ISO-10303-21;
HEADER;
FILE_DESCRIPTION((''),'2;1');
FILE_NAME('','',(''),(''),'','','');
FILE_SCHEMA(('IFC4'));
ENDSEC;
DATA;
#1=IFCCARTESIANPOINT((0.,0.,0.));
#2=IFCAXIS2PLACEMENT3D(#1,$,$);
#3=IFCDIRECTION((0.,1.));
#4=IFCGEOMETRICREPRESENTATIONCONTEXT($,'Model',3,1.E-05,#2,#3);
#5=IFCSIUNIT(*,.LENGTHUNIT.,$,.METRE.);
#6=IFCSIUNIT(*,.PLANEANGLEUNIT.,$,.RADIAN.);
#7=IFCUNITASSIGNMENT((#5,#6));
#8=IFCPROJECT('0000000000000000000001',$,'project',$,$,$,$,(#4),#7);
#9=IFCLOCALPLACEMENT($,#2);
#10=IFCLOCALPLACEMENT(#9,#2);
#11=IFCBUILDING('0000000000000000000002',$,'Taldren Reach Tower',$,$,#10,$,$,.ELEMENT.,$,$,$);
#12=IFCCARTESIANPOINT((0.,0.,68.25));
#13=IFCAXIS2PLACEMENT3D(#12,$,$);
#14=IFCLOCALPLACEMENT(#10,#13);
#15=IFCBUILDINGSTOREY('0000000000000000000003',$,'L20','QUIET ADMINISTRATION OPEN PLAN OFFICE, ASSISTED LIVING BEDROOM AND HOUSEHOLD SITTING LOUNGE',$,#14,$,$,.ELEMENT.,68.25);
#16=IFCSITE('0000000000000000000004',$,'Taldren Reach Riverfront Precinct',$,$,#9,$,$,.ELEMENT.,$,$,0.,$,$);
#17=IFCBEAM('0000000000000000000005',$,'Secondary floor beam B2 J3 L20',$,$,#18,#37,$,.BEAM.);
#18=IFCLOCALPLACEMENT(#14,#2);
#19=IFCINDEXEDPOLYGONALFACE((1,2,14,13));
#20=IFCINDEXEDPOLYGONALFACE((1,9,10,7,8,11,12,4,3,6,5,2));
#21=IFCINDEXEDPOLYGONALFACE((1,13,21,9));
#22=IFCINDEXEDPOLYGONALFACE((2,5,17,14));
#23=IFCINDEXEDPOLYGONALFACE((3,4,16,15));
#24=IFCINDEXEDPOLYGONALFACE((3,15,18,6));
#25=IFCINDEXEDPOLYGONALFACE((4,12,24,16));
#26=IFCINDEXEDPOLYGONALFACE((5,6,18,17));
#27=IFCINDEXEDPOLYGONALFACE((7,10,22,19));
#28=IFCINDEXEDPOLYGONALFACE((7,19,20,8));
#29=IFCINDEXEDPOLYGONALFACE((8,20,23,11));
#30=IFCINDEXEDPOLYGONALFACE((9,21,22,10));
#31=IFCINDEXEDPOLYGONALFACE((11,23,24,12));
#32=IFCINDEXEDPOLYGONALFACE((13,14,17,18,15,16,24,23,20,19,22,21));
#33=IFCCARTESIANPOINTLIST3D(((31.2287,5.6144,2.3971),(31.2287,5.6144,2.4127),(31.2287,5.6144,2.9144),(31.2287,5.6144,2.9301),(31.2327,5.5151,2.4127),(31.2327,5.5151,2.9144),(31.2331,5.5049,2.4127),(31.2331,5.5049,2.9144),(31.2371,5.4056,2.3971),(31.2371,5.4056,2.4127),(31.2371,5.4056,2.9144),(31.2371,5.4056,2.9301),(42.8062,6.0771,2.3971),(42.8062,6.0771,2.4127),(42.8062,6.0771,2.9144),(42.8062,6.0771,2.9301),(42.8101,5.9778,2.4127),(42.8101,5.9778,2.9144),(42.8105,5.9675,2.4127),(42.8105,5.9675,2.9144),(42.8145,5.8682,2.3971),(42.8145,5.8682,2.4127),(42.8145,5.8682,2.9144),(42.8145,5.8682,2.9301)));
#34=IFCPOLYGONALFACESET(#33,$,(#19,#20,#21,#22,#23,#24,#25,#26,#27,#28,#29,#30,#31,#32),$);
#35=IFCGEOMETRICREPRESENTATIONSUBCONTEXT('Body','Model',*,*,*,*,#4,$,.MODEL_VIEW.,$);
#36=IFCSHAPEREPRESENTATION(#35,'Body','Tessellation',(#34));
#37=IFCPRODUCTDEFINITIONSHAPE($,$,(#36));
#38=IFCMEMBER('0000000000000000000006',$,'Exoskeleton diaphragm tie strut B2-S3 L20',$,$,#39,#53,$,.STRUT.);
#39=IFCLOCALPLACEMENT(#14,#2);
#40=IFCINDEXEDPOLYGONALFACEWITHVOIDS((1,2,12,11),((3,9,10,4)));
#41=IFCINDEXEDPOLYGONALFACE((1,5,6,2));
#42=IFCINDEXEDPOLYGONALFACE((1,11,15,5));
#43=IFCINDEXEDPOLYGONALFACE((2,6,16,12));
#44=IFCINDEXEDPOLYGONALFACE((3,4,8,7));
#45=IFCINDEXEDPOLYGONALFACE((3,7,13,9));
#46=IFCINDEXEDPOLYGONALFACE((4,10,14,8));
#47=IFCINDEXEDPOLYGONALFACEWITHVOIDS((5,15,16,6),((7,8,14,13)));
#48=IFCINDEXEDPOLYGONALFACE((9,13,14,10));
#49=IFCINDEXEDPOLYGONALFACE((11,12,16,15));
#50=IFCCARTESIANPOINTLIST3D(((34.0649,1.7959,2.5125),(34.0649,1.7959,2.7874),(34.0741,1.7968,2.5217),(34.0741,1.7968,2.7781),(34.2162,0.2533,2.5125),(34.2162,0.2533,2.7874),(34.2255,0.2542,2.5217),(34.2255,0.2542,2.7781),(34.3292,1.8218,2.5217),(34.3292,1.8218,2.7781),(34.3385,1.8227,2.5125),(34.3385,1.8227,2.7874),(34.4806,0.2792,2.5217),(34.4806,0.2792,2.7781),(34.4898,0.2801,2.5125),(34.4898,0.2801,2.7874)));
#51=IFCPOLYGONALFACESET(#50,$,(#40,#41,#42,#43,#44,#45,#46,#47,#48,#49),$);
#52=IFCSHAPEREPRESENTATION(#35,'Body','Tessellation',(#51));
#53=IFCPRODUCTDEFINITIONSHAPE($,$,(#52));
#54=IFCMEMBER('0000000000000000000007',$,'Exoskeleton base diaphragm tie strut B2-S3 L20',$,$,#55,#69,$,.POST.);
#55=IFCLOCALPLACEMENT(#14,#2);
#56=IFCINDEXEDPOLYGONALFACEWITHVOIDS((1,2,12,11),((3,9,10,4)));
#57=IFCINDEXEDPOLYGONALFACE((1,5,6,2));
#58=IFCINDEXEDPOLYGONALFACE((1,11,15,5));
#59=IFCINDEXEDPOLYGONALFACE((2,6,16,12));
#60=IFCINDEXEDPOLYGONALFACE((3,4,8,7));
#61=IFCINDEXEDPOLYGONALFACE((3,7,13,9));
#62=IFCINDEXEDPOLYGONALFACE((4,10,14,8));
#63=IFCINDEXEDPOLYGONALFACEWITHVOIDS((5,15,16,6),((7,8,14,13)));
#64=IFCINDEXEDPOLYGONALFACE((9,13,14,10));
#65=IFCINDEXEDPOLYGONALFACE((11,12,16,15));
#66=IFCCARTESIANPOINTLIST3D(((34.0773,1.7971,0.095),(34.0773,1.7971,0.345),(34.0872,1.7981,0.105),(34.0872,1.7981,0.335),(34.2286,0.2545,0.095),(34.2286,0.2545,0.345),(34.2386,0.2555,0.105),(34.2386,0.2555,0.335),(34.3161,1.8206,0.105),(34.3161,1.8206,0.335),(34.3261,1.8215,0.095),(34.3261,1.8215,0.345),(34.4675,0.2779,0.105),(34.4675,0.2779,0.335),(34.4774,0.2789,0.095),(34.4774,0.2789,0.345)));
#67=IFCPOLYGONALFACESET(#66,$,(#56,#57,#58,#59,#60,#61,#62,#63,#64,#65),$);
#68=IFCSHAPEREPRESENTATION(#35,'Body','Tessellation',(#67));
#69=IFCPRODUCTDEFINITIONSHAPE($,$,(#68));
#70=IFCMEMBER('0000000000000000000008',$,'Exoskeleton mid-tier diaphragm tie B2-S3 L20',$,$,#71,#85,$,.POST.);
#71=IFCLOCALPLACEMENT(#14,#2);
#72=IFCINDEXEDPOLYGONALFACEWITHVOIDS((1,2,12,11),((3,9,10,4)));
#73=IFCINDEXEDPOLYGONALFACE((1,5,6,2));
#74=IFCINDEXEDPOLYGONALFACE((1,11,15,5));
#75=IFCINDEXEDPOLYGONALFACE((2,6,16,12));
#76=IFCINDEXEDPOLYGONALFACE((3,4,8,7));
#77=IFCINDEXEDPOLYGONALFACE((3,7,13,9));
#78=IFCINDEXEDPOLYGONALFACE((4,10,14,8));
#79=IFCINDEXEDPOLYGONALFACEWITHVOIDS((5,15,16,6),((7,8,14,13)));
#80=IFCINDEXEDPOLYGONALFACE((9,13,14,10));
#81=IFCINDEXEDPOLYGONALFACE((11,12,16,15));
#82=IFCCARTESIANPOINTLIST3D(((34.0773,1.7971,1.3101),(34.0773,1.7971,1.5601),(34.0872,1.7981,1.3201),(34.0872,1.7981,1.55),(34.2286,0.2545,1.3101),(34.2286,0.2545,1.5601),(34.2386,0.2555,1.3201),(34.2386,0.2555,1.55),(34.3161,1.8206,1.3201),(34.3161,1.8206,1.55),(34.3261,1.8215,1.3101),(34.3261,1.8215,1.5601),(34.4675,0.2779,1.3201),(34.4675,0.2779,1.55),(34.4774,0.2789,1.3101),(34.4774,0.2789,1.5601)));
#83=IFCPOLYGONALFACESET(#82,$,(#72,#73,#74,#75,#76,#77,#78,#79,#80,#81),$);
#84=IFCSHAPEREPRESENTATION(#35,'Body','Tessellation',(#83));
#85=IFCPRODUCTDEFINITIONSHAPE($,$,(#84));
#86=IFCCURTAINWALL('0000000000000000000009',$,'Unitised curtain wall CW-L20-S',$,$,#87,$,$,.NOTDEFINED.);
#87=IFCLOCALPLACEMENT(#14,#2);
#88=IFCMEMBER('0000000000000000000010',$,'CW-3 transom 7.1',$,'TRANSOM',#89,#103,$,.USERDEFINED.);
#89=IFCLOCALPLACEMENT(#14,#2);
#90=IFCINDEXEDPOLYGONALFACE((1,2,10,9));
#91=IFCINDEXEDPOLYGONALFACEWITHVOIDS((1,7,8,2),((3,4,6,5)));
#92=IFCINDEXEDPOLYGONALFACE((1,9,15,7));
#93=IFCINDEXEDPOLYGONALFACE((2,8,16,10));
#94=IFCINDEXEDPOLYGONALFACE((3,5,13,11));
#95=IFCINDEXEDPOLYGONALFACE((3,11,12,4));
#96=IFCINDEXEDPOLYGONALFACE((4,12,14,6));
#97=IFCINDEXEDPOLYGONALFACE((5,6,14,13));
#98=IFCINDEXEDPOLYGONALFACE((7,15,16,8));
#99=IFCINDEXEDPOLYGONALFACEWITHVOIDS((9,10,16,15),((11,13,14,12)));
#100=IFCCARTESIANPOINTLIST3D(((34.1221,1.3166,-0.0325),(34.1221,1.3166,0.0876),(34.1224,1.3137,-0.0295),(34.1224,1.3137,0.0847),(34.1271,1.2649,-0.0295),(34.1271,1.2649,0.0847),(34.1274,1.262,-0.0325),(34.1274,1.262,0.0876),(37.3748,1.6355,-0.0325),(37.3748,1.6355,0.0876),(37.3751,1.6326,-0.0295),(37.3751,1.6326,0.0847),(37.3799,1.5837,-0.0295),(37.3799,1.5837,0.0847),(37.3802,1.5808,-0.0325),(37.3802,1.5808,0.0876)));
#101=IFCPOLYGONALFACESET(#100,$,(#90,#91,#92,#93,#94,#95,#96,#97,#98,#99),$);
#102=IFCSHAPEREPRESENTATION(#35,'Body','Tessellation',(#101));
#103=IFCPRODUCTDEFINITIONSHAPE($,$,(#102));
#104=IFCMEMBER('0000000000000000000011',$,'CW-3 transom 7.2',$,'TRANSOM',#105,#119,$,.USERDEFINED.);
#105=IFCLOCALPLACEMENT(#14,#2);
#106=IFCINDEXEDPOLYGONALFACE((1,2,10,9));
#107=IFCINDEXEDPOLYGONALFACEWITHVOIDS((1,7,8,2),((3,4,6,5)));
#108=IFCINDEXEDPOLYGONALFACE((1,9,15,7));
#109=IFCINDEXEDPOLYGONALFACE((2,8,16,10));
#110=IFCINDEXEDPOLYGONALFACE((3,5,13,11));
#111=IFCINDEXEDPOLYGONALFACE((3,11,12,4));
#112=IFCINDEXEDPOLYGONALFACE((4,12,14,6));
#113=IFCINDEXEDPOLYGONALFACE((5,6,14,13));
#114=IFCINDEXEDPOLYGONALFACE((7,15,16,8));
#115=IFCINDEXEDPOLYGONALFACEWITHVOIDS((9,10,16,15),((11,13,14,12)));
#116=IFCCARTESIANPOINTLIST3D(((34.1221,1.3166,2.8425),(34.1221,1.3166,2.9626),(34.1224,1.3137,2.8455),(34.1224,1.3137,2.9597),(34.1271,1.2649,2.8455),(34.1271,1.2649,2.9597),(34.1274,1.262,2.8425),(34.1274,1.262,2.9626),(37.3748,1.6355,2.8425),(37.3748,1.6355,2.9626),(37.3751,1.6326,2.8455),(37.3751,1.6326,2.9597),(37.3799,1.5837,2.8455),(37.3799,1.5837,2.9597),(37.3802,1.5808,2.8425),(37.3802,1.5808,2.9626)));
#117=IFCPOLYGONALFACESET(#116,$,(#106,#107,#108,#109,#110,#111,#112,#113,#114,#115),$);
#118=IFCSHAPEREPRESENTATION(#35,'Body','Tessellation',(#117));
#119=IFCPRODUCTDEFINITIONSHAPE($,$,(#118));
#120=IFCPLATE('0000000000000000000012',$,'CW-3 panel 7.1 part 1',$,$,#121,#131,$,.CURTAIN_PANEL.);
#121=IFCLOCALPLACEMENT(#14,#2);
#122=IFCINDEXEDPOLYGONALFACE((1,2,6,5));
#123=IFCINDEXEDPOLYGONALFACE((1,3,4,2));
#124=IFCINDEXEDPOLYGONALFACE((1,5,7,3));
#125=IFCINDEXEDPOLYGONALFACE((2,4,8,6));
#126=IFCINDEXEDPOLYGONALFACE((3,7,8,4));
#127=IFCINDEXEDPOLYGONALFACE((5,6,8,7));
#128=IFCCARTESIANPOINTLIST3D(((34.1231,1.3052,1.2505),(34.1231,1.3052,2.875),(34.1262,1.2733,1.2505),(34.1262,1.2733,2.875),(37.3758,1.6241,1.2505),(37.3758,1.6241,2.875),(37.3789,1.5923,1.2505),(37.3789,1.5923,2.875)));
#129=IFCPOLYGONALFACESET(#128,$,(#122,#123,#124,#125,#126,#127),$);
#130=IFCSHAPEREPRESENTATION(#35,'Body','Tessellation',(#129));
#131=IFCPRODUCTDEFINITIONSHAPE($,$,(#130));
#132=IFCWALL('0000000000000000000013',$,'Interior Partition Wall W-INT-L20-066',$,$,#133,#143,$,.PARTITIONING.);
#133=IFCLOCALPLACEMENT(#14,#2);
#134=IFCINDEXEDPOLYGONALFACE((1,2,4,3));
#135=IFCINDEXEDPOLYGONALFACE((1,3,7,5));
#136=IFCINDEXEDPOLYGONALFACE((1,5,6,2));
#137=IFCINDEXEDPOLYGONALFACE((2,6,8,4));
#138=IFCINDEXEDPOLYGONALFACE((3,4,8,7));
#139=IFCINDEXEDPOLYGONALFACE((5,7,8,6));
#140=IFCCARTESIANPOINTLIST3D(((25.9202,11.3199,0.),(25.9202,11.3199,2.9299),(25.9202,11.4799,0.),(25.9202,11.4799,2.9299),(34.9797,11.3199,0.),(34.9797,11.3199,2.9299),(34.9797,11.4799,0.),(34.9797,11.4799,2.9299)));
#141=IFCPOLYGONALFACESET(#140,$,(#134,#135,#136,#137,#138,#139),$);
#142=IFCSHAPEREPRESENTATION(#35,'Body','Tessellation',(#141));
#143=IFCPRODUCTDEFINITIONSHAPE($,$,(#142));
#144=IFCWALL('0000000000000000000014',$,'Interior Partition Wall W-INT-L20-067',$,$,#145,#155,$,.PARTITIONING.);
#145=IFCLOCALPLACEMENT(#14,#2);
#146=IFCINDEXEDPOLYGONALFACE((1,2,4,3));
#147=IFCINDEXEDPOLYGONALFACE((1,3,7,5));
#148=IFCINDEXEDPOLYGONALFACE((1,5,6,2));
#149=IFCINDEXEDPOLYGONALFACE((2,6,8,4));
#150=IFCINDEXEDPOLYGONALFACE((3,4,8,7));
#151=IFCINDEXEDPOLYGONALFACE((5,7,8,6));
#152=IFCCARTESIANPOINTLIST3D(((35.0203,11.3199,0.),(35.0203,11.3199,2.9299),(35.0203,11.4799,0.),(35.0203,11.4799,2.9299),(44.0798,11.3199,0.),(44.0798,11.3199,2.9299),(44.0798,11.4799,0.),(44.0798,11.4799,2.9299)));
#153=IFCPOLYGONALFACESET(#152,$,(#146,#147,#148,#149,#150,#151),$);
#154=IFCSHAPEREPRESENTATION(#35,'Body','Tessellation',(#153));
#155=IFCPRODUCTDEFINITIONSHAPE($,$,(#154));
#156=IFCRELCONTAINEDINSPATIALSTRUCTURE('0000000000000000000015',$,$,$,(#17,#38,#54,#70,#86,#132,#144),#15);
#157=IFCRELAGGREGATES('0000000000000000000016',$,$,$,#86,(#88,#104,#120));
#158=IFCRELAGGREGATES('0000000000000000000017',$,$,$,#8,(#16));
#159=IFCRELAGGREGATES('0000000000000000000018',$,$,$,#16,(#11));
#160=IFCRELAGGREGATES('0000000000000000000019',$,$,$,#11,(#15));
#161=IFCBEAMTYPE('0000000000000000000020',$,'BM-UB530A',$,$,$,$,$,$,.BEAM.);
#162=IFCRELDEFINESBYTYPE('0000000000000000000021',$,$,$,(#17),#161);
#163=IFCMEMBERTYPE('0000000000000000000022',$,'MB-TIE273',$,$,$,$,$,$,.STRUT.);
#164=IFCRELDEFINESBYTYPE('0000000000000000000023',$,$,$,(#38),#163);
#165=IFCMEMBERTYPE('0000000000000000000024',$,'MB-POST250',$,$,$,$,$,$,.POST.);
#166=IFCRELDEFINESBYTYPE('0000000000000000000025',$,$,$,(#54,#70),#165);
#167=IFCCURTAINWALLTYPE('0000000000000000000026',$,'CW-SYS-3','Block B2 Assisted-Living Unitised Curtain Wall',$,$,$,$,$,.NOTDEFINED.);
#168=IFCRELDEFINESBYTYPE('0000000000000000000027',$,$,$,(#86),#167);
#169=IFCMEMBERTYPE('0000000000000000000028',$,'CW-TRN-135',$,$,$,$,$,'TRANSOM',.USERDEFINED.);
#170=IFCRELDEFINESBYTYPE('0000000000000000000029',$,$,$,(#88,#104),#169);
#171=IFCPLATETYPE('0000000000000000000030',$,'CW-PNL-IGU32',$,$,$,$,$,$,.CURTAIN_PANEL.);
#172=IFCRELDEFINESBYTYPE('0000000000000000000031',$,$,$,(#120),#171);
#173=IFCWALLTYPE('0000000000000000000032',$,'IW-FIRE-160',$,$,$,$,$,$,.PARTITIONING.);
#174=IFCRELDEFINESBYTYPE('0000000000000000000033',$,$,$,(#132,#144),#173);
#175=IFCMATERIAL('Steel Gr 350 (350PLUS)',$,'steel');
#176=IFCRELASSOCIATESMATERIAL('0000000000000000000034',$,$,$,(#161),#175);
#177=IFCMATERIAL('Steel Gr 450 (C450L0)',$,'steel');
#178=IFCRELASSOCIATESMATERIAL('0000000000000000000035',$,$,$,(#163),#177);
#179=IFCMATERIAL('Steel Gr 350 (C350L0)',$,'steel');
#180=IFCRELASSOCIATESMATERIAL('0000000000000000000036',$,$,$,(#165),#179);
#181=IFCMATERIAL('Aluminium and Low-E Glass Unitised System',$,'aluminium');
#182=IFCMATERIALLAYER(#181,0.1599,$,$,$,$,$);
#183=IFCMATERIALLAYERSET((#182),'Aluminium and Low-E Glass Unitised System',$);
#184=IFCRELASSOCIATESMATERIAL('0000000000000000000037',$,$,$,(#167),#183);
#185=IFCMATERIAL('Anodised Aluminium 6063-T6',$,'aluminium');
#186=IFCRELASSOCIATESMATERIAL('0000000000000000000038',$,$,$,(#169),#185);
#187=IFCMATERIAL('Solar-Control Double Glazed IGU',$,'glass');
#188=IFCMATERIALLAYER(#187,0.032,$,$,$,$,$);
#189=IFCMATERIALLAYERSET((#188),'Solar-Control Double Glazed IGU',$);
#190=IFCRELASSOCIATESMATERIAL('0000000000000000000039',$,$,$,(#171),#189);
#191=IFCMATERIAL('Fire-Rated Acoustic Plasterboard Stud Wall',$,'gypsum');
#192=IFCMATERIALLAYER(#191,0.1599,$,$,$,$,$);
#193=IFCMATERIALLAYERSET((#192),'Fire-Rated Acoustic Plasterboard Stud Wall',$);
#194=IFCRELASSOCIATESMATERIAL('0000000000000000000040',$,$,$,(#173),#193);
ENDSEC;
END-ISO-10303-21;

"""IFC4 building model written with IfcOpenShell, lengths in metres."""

from ifc_helpers import new_model, si_unit, direction, frame, frame_2d, origin, origin_2d, place, context, subcontext, project, spatial, rectangle, hollow_rectangle, i_section, extrude, source, transform, mapped, material, layer, layer_set, material_profile, profile_set, type_object, element, aggregate, save


model = new_model("IFC4")

# Units and contexts
model_context = context("Model", 3, precision=1e-05, world=origin(), true_north=direction((0.0, 1.0)))
body_context = subcontext(model_context, "Body", "Model", "MODEL_VIEW")
ifc_project = project(units=[si_unit("LENGTHUNIT", "METRE"), si_unit("PLANEANGLEUNIT", "RADIAN")], contexts=[model_context])

# Site, building, storey
site_placement = place(None, origin())
site = spatial("IfcSite", under=ifc_project, at=site_placement, Name="Taldren Reach Riverfront Precinct", CompositionType="ELEMENT", RefElevation=0.0)
building_placement = place(site_placement, origin())
building = spatial("IfcBuilding", under=site, at=building_placement, Name="Taldren Reach Tower", CompositionType="ELEMENT")
storey_placement = place(building_placement, frame((0.0, 0.0, 68.25)))
storey = spatial("IfcBuildingStorey", under=building, at=storey_placement, Name="L20", Description="QUIET ADMINISTRATION OPEN PLAN OFFICE, ASSISTED LIVING BEDROOM AND HOUSEHOLD SITTING LOUNGE", CompositionType="ELEMENT", Elevation=68.25)

# Shared definitions
ifc_material_1 = material(Name="Steel Gr 350 (350PLUS)", Category="steel")

# Beam
ifc_material_profile_1 = material_profile(ifc_material_1, i_section(OverallWidth=0.209, OverallDepth=0.533, WebThickness=0.0103, FlangeThickness=0.0156, at=origin_2d()), Name="530UB92.4")
ifc_profile_set_1 = profile_set([ifc_material_profile_1], Name="Steel Gr 350 (350PLUS)")
beam_type_1 = type_object("IfcBeamType", Name="BM-UB530A", PredefinedType="BEAM", material=ifc_profile_set_1)
shared_shape_1 = source(origin(), body_context, "Body", "SweptSolid", [
    extrude(i_section(OverallWidth=0.209, OverallDepth=0.533, WebThickness=0.0103, FlangeThickness=0.0156, at=origin_2d()), origin(), (0.0, 0.0, 1.0), 11.5867),
])
beam_1_placement = place(storey_placement, frame((31.2329, 5.51, 2.6636), z_axis=(0.999203, 0.039929, 0.0), x_axis=(-0.039929, 0.999203, 0.0)))
element("IfcBeam", 1, at=beam_1_placement, inside=storey, type_object=beam_type_1, Name="Secondary floor beam B2 J3 L20", PredefinedType="BEAM", context=body_context, shape_type="MappedRepresentation", body=[
    mapped(shared_shape_1, transform((0.0, 0.0, 0.0), scale=1.0)),
])

# Members
ifc_material_2 = material(Name="Steel Gr 450 (C450L0)", Category="steel")
ifc_material_profile_2 = material_profile(ifc_material_2, hollow_rectangle(XDim=0.2749, YDim=0.2749, WallThickness=0.0093, at=origin_2d()), Name="275x275x9.3SHS")
ifc_profile_set_2 = profile_set([ifc_material_profile_2], Name="Steel Gr 450 (C450L0)")
member_type_1 = type_object("IfcMemberType", Name="MB-TIE273", PredefinedType="STRUT", material=ifc_profile_set_2)
shared_shape_2 = source(origin(), body_context, "Body", "SweptSolid", [
    extrude(hollow_rectangle(XDim=0.2749, YDim=0.2749, WallThickness=0.0093, at=origin_2d()), origin(), (0.0, 0.0, 1.0), 1.55),
])
member_1_placement = place(storey_placement, frame((34.2017, 1.8093, 2.6499), z_axis=(0.097648, -0.995221, 0.0), x_axis=(0.995221, 0.097648, 0.0)))
element("IfcMember", 2, at=member_1_placement, inside=storey, type_object=member_type_1, Name="Exoskeleton diaphragm tie strut B2-S3 L20", PredefinedType="STRUT", context=body_context, shape_type="MappedRepresentation", body=[
    mapped(shared_shape_2, transform((0.0, 0.0, 0.0), scale=1.0)),
])
ifc_material_3 = material(Name="Steel Gr 350 (C350L0)", Category="steel")
ifc_material_profile_3 = material_profile(ifc_material_3, hollow_rectangle(XDim=0.25, YDim=0.25, WallThickness=0.01, at=origin_2d()), Name="250x250x10.0SHS")
ifc_profile_set_3 = profile_set([ifc_material_profile_3], Name="Steel Gr 350 (C350L0)")
member_type_2 = type_object("IfcMemberType", Name="MB-POST250", PredefinedType="POST", material=ifc_profile_set_3)
shared_shape_3 = source(origin(), body_context, "Body", "SweptSolid", [
    extrude(hollow_rectangle(XDim=0.25, YDim=0.25, WallThickness=0.01, at=origin_2d()), origin(), (0.0, 0.0, 1.0), 1.55),
])
for number, where, z_axis, x_axis, name in (
    (3, (34.2017, 1.8093, 0.22), (0.097648, -0.995221, 0.0), (0.995221, 0.097648, 0.0), "Exoskeleton base diaphragm tie strut B2-S3 L20"),
    (4, (34.2017, 1.8093, 1.4351), (0.097648, -0.995221, 0.0), (0.995221, 0.097648, 0.0), "Exoskeleton mid-tier diaphragm tie B2-S3 L20"),
):
    element("IfcMember", number, at=place(storey_placement, frame(where, z_axis=z_axis, x_axis=x_axis)), inside=storey, type_object=member_type_2, Name=name, PredefinedType="POST", context=body_context, shape_type="MappedRepresentation", body=[
        mapped(shared_shape_3, transform((0.0, 0.0, 0.0), scale=1.0)),
    ])

# Curtain wall, members, plate
ifc_material_4 = material(Name="Aluminium and Low-E Glass Unitised System", Category="aluminium")
ifc_layer_1 = layer(ifc_material_4, 0.1599)
ifc_layer_set_1 = layer_set([ifc_layer_1], Name="Aluminium and Low-E Glass Unitised System")
curtain_wall_type = type_object("IfcCurtainWallType", Name="CW-SYS-3", Description="Block B2 Assisted-Living Unitised Curtain Wall", PredefinedType="NOTDEFINED", material=ifc_layer_set_1)
curtain_wall_placement = place(storey_placement, origin())
curtain_wall = element("IfcCurtainWall", 5, at=curtain_wall_placement, inside=storey, type_object=curtain_wall_type, Name="Unitised curtain wall CW-L20-S", PredefinedType="NOTDEFINED")
ifc_material_5 = material(Name="Anodised Aluminium 6063-T6", Category="aluminium")
ifc_material_profile_4 = material_profile(ifc_material_5, hollow_rectangle(XDim=0.0549, YDim=0.1201, WallThickness=0.0029, at=origin_2d()), Name="ALU-120x55x3RHS")
ifc_profile_set_4 = profile_set([ifc_material_profile_4], Name="Anodised Aluminium 6063-T6")
member_type_3 = type_object("IfcMemberType", Name="CW-TRN-135", ElementType="TRANSOM", PredefinedType="USERDEFINED", material=ifc_profile_set_4)
shared_shape_4 = source(origin(), body_context, "Body", "SweptSolid", [
    extrude(hollow_rectangle(XDim=0.0549, YDim=0.1201, WallThickness=0.0029, at=origin_2d()), origin(), (0.0, 0.0, 1.0), 3.2683),
])
member_2_placement = place(storey_placement, frame((34.1248, 1.2893, 0.0276), z_axis=(0.99523, 0.097558, 0.0), x_axis=(-0.097558, 0.99523, 0.0)))
member_2 = element("IfcMember", 6, at=member_2_placement, type_object=member_type_3, Name="CW-3 transom 7.1", ObjectType="TRANSOM", PredefinedType="USERDEFINED", context=body_context, shape_type="MappedRepresentation", body=[
    mapped(shared_shape_4, transform((0.0, 0.0, 0.0), scale=1.0)),
])
member_3_placement = place(storey_placement, frame((34.1248, 1.2893, 2.9026), z_axis=(0.99523, 0.097558, 0.0), x_axis=(-0.097558, 0.99523, 0.0)))
member_3 = element("IfcMember", 7, at=member_3_placement, type_object=member_type_3, Name="CW-3 transom 7.2", ObjectType="TRANSOM", PredefinedType="USERDEFINED", context=body_context, shape_type="MappedRepresentation", body=[
    mapped(shared_shape_4, transform((0.0, 0.0, 0.0), scale=1.0)),
])
ifc_material_6 = material(Name="Solar-Control Double Glazed IGU", Category="glass")
ifc_layer_2 = layer(ifc_material_6, 0.032)
ifc_layer_set_2 = layer_set([ifc_layer_2], Name="Solar-Control Double Glazed IGU")
plate_type = type_object("IfcPlateType", Name="CW-PNL-IGU32", PredefinedType="CURTAIN_PANEL", material=ifc_layer_set_2)
shared_shape_5 = source(origin(), body_context, "Body", "SweptSolid", [
    extrude(rectangle(XDim=3.2683, YDim=0.032, at=origin_2d()), origin(), (0.0, 0.0, 1.0), 1.6245),
])
plate_placement = place(storey_placement, frame((35.751, 1.4487, 1.2505), z_axis=(0.0, 0.0, 1.0), x_axis=(0.995227, 0.097583, 0.0)))
plate = element("IfcPlate", 8, at=plate_placement, type_object=plate_type, Name="CW-3 panel 7.1 part 1", PredefinedType="CURTAIN_PANEL", context=body_context, shape_type="MappedRepresentation", body=[
    mapped(shared_shape_5, transform((0.0, 0.0, 0.0), scale=1.0)),
])
aggregate(curtain_wall, [member_2, member_3, plate])

# Walls
ifc_material_7 = material(Name="Fire-Rated Acoustic Plasterboard Stud Wall", Category="gypsum")
ifc_layer_3 = layer(ifc_material_7, 0.1599)
ifc_layer_set_3 = layer_set([ifc_layer_3], Name="Fire-Rated Acoustic Plasterboard Stud Wall")
wall_type_1 = type_object("IfcWallType", Name="IW-FIRE-160", PredefinedType="PARTITIONING", material=ifc_layer_set_3)
shared_shape_6 = source(origin(), body_context, "Body", "SweptSolid", [
    extrude(rectangle(XDim=9.0596, YDim=0.1599, at=frame_2d((4.5298, 0.0))), origin(), (0.0, 0.0, 1.0), 2.9299),
])
for number, where, z_axis, x_axis, name in (
    (9, (25.9202, 11.3999, 0.0), (0.0, 0.0, 1.0), (1.0, 0.0, 0.0), "Interior Partition Wall W-INT-L20-066"),
    (10, (35.0203, 11.3999, 0.0), (0.0, 0.0, 1.0), (1.0, 0.0, 0.0), "Interior Partition Wall W-INT-L20-067"),
):
    element("IfcWall", number, at=place(storey_placement, frame(where, z_axis=z_axis, x_axis=x_axis)), inside=storey, type_object=wall_type_1, Name=name, PredefinedType="PARTITIONING", context=body_context, shape_type="MappedRepresentation", body=[
        mapped(shared_shape_6, transform((0.0, 0.0, 0.0), scale=1.0)),
    ])

save(model, "model.ifc")
